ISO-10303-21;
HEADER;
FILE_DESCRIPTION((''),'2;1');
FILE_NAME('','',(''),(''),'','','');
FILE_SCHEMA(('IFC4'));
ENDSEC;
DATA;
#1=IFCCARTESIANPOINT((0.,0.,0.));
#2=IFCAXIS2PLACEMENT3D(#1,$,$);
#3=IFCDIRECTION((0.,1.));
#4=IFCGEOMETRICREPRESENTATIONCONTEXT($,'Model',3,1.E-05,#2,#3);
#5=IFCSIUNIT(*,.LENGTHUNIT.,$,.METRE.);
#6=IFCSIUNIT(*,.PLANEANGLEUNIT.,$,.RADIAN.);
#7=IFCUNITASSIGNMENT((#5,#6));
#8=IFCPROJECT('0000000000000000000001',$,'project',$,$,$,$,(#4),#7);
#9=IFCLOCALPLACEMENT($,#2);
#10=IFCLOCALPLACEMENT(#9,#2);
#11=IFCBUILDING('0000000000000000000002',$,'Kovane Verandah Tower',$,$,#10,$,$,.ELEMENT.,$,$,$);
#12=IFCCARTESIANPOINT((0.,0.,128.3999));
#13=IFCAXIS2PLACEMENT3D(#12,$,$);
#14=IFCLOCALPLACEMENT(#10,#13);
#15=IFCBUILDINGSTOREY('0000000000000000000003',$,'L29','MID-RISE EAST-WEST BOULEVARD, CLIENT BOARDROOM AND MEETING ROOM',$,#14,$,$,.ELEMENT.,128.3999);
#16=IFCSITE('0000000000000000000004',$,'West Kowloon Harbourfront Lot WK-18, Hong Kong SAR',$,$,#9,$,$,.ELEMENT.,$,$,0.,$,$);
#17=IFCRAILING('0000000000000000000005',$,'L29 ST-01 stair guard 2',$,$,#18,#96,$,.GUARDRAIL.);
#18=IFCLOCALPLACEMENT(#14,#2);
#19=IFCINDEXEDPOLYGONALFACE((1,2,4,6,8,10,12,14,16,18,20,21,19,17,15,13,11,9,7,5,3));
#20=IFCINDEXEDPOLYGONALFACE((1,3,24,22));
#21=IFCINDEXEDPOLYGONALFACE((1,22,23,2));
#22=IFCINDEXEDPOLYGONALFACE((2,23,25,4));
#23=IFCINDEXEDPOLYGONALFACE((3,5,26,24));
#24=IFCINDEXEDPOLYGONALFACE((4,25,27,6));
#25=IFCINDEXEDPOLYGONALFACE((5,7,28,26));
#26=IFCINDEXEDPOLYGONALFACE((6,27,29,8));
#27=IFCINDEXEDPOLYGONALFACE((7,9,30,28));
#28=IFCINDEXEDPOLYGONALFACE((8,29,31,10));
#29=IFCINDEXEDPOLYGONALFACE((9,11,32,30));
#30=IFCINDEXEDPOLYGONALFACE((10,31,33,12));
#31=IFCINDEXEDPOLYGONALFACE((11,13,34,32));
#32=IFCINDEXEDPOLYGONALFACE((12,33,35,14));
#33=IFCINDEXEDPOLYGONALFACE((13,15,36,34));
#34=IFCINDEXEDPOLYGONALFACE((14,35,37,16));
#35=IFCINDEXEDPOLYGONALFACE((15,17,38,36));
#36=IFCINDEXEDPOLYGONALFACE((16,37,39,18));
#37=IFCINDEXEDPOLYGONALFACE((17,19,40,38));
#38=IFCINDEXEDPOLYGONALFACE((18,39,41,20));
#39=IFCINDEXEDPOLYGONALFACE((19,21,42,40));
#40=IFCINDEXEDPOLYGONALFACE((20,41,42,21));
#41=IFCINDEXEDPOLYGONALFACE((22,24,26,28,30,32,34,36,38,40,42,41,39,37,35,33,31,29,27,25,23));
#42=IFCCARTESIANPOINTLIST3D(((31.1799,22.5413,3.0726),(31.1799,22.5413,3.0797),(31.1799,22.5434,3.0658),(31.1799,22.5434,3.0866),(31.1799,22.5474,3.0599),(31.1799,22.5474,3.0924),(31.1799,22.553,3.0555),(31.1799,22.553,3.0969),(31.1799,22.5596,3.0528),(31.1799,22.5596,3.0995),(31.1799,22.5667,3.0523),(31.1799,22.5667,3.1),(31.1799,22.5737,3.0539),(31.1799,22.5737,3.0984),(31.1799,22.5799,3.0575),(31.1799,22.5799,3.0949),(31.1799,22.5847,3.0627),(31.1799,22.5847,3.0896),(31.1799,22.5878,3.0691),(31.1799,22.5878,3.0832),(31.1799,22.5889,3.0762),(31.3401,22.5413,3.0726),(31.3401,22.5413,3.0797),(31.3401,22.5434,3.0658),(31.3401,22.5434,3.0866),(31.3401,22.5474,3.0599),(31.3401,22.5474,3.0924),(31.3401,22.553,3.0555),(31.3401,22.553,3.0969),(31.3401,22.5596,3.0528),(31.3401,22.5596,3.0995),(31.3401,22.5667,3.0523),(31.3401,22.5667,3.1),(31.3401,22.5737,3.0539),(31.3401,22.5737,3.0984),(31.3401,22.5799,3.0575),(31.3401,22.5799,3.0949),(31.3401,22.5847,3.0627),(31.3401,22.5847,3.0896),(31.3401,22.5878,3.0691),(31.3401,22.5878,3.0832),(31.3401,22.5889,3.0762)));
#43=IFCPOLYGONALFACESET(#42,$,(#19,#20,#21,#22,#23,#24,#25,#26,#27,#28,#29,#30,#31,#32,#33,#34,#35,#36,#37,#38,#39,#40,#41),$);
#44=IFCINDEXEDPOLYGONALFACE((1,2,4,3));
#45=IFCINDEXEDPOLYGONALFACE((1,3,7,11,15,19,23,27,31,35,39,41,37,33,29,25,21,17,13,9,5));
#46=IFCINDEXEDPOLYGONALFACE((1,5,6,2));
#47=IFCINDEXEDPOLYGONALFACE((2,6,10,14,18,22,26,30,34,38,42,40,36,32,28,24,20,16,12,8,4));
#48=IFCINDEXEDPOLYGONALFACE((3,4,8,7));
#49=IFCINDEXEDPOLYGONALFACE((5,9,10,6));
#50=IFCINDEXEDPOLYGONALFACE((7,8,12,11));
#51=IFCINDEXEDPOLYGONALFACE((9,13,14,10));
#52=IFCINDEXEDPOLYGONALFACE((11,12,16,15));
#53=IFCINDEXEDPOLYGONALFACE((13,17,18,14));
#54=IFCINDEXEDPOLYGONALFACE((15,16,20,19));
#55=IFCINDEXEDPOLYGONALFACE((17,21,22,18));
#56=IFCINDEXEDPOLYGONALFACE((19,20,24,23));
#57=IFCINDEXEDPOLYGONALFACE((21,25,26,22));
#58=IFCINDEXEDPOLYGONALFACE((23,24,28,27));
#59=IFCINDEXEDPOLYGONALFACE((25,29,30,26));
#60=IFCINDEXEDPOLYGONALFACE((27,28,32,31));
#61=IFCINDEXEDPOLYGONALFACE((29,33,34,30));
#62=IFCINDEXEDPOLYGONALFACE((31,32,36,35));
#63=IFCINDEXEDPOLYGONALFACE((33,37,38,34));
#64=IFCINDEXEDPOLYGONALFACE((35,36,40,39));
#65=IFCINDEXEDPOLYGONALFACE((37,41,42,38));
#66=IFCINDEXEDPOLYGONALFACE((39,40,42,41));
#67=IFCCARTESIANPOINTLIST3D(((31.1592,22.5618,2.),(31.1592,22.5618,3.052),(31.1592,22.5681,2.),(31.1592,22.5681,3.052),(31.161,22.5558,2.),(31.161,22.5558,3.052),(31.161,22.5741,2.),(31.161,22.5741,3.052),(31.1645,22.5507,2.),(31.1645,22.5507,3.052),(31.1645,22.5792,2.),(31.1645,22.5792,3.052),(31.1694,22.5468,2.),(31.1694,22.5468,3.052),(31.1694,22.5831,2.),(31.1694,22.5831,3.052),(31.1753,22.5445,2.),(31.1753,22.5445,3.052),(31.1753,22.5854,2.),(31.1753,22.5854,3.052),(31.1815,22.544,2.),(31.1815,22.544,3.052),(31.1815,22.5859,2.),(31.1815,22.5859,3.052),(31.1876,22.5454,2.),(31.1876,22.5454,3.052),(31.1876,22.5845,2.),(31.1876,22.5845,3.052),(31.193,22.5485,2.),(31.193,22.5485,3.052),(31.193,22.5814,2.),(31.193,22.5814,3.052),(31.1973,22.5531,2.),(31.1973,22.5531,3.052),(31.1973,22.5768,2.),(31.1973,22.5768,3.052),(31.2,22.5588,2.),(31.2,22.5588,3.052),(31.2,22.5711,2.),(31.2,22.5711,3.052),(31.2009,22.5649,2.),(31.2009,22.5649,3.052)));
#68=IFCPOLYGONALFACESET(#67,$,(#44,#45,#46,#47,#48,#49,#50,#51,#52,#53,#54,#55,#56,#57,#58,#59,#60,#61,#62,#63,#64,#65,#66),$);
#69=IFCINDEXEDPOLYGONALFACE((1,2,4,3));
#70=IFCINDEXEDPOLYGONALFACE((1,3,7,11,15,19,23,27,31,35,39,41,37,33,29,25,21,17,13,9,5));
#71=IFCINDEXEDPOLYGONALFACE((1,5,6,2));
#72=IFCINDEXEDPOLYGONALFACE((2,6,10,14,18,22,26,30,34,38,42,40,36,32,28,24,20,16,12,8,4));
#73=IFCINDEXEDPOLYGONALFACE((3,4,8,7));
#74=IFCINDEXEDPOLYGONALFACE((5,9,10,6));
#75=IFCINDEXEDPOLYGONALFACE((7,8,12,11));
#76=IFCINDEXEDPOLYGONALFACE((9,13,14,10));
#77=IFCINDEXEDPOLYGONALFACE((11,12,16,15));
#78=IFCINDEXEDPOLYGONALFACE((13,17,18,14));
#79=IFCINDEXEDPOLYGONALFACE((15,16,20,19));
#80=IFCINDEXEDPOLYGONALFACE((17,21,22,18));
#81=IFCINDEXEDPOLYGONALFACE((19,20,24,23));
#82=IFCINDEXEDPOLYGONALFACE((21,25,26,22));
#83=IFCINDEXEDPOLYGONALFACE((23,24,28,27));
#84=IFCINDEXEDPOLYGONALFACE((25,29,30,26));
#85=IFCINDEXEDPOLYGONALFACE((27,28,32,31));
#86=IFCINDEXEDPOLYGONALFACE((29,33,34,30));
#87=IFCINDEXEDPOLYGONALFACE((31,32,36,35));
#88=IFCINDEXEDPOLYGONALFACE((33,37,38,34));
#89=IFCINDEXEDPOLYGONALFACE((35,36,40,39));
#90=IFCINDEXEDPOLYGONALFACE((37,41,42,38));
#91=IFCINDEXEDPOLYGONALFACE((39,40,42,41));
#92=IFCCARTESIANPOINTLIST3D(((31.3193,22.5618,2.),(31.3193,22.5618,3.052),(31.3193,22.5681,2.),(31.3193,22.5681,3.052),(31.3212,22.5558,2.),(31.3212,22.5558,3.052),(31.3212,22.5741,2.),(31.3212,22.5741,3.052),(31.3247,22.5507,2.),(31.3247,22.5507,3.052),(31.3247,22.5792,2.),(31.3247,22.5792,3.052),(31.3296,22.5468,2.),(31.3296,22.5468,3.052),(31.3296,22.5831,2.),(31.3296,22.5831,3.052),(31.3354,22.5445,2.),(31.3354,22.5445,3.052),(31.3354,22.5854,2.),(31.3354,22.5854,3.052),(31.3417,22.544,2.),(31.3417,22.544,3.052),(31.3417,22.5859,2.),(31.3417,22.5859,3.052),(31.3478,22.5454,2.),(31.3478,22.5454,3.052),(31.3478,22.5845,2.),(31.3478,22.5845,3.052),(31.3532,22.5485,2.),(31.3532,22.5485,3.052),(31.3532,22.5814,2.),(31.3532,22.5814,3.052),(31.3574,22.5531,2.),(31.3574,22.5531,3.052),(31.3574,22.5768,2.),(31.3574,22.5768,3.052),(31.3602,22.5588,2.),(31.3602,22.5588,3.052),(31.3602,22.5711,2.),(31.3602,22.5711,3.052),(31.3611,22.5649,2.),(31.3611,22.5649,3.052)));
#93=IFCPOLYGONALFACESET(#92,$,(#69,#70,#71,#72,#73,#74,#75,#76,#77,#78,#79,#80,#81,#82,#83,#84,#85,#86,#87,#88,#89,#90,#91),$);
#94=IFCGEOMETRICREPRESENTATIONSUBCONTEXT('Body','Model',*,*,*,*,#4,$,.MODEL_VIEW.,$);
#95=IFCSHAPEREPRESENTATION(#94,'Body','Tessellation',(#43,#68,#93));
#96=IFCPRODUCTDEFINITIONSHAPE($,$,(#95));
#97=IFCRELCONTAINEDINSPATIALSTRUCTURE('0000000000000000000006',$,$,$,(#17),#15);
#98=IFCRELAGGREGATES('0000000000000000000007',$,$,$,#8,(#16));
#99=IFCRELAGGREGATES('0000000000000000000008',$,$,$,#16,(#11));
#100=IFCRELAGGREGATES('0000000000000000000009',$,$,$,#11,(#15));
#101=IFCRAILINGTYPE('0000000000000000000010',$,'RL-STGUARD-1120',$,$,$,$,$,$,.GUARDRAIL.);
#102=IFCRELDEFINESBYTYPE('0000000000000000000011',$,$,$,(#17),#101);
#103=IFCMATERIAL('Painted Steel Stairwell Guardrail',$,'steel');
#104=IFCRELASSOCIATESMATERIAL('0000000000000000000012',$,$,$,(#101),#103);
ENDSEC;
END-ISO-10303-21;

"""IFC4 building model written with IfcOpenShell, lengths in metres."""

from ifc_helpers import new_model, si_unit, direction, frame, origin, origin_2d, place, context, subcontext, project, spatial, circle, extrude, material, type_object, element, save


model = new_model("IFC4")

# Units and contexts
model_context = context("Model", 3, precision=1e-05, world=origin(), true_north=direction((0.0, 1.0)))
body_context = subcontext(model_context, "Body", "Model", "MODEL_VIEW")
ifc_project = project(units=[si_unit("LENGTHUNIT", "METRE"), si_unit("PLANEANGLEUNIT", "RADIAN")], contexts=[model_context])

# Site, building, storey
site_placement = place(None, origin())
site = spatial("IfcSite", under=ifc_project, at=site_placement, Name="West Kowloon Harbourfront Lot WK-18, Hong Kong SAR", CompositionType="ELEMENT", RefElevation=0.0)
building_placement = place(site_placement, origin())
building = spatial("IfcBuilding", under=site, at=building_placement, Name="Kovane Verandah Tower", CompositionType="ELEMENT")
storey_placement = place(building_placement, frame((0.0, 0.0, 128.3999)))
storey = spatial("IfcBuildingStorey", under=building, at=storey_placement, Name="L29", Description="MID-RISE EAST-WEST BOULEVARD, CLIENT BOARDROOM AND MEETING ROOM", CompositionType="ELEMENT", Elevation=128.3999)

# Railing
ifc_material_1 = material(Name="Painted Steel Stairwell Guardrail", Category="steel")
railing_type_1 = type_object("IfcRailingType", Name="RL-STGUARD-1120", PredefinedType="GUARDRAIL", material=ifc_material_1)
railing_1_placement = place(storey_placement, frame((31.1799, 22.5649, 2.0)))
element("IfcRailing", 1, at=railing_1_placement, inside=storey, type_object=railing_type_1, Name="L29 ST-01 stair guard 2", PredefinedType="GUARDRAIL", context=body_context, shape_type="SweptSolid", body=[
    extrude(circle(Radius=0.0239, at=origin_2d()), frame((0.0, 0.0, 1.0762), z_axis=(1.0, 0.0, 0.0), x_axis=(0.0, 1.0, 0.0)), (0.0, 0.0, 1.0), 0.1602),
    extrude(circle(Radius=0.021, at=origin_2d()), origin(), (0.0, 0.0, 1.0), 1.052),
    extrude(circle(Radius=0.021, at=origin_2d()), frame((0.1602, 0.0, 0.0)), (0.0, 0.0, 1.0), 1.052),
])

save(model, "model.ifc")
